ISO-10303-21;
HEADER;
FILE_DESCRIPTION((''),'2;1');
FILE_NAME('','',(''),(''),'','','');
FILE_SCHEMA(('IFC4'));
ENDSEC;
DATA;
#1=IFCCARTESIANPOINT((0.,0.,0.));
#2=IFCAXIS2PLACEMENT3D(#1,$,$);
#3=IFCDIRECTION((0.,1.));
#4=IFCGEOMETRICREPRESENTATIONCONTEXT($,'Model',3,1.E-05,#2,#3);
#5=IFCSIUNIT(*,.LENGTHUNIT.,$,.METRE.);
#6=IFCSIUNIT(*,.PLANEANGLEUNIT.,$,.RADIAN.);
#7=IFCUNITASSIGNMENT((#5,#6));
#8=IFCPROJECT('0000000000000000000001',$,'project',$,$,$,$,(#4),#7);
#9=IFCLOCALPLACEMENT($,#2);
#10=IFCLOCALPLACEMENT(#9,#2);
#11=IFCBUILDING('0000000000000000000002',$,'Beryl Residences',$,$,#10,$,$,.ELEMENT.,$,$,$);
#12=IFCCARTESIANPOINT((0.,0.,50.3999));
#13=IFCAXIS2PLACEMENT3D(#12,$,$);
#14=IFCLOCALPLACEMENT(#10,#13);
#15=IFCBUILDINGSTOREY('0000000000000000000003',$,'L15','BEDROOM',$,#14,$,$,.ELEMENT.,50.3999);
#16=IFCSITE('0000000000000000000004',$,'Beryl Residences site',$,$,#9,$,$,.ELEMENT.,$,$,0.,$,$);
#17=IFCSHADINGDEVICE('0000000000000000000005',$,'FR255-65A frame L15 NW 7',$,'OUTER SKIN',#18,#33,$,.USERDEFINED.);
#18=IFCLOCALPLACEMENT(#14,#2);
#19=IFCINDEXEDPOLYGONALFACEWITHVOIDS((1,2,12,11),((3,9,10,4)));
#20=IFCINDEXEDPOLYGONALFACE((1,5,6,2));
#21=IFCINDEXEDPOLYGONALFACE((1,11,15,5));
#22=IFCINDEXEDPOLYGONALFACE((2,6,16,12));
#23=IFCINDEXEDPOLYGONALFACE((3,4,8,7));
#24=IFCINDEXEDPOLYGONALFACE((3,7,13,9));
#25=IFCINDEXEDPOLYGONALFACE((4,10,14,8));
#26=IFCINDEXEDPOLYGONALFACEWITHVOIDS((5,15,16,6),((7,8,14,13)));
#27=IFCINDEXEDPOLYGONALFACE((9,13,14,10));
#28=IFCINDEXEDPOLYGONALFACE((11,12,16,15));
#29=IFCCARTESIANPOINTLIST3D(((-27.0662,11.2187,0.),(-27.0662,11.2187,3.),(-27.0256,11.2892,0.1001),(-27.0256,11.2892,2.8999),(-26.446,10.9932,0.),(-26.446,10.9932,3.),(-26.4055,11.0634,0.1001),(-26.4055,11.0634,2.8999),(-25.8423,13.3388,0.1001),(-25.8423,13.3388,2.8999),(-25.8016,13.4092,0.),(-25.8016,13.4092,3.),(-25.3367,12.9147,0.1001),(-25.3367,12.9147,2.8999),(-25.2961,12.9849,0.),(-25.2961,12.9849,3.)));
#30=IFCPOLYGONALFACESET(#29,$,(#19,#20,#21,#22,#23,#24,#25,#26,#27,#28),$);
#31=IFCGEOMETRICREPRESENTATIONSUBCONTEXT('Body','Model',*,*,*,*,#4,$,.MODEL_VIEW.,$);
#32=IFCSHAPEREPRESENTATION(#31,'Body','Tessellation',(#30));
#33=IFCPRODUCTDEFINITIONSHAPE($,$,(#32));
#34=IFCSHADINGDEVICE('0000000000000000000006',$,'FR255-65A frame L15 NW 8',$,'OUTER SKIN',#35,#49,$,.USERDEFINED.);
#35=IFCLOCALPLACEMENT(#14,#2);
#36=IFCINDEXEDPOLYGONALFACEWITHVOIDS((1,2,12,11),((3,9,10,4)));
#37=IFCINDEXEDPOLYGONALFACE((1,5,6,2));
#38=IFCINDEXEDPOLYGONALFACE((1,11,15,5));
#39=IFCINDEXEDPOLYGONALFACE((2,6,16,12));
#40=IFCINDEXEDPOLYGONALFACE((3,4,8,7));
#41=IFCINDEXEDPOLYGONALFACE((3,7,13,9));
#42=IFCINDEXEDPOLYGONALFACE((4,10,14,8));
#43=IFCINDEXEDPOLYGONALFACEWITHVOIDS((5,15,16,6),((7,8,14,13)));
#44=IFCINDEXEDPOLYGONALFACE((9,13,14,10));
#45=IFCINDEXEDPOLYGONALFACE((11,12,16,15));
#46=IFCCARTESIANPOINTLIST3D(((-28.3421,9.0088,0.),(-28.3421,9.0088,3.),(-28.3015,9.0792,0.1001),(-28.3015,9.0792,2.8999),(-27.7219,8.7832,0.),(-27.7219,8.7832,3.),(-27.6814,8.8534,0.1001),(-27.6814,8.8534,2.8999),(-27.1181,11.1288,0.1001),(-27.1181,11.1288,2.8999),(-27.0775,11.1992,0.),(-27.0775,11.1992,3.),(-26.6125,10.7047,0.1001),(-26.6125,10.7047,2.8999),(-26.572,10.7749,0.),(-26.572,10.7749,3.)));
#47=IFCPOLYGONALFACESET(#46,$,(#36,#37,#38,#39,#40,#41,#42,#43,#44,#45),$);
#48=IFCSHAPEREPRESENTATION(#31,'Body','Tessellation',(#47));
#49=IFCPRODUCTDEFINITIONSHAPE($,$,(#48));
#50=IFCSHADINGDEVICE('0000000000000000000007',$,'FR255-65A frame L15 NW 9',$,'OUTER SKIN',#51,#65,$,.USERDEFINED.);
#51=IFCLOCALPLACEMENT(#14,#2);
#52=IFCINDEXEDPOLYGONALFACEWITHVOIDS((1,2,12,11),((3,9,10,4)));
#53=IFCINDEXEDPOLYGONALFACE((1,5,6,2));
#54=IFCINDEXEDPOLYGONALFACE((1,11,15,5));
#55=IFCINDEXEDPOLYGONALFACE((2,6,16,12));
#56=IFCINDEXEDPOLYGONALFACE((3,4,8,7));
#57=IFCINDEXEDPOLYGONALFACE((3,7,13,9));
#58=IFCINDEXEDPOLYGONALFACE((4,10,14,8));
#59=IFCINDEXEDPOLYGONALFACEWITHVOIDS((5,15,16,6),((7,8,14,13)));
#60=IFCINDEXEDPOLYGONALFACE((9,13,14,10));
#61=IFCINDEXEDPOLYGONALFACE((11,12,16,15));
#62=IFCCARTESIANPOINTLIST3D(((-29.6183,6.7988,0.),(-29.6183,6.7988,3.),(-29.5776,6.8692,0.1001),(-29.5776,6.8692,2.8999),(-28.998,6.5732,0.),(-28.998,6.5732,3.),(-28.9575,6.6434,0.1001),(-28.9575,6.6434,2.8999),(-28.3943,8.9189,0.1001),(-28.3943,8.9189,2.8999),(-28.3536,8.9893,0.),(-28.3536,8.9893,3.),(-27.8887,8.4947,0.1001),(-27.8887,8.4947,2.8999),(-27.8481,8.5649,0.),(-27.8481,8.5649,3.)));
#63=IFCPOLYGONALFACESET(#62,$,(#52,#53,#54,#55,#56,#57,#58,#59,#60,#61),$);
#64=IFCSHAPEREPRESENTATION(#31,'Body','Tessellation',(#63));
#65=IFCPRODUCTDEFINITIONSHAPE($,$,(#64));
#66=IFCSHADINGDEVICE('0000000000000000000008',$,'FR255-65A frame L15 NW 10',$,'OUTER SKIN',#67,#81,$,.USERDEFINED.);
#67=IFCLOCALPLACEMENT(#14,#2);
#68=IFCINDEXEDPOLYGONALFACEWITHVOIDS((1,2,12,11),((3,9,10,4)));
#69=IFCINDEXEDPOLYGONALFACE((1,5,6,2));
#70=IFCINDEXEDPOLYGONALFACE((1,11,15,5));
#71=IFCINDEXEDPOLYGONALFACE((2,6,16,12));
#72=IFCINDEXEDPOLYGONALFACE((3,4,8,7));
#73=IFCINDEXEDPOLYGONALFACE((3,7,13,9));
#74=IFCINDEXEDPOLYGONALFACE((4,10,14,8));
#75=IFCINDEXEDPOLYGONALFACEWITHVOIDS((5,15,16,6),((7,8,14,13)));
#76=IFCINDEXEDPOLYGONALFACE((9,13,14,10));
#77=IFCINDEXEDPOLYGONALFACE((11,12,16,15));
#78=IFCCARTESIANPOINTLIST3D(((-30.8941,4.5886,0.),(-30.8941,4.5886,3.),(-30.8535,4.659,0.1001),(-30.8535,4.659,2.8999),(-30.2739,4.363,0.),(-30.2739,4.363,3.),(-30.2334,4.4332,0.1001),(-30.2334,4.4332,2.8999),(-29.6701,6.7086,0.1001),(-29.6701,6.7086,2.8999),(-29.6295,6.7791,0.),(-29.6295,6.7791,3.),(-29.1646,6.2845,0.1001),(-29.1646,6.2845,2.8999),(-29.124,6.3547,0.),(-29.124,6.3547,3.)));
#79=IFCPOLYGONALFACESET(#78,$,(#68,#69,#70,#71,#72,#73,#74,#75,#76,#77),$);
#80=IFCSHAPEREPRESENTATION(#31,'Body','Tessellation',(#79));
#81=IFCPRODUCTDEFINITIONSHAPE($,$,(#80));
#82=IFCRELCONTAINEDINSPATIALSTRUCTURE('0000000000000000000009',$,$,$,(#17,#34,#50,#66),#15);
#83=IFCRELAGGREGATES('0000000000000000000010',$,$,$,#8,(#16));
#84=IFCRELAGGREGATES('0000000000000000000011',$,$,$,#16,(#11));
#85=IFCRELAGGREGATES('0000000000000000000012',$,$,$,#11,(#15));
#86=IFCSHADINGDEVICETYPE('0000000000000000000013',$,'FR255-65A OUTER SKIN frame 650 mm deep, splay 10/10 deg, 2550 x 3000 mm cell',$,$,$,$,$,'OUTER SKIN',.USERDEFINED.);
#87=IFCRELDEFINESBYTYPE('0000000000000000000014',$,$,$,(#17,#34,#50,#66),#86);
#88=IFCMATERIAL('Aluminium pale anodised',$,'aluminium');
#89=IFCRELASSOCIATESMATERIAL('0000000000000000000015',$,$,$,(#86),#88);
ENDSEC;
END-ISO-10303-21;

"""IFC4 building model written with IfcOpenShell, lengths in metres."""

from ifc_helpers import new_model, entity, si_unit, direction, frame, origin, place, context, subcontext, project, spatial, source, transform, mapped, material, type_object, type_shapes, element, save


model = new_model("IFC4")

# Units and contexts
model_context = context("Model", 3, precision=1e-05, world=origin(), true_north=direction((0.0, 1.0)))
body_context = subcontext(model_context, "Body", "Model", "MODEL_VIEW")
ifc_project = project(units=[si_unit("LENGTHUNIT", "METRE"), si_unit("PLANEANGLEUNIT", "RADIAN")], contexts=[model_context])

# Site, building, storey
site_placement = place(None, origin())
site = spatial("IfcSite", under=ifc_project, at=site_placement, Name="Beryl Residences site", CompositionType="ELEMENT", RefElevation=0.0)
building_placement = place(site_placement, origin())
building = spatial("IfcBuilding", under=site, at=building_placement, Name="Beryl Residences", CompositionType="ELEMENT")
storey_placement = place(building_placement, frame((0.0, 0.0, 50.3999)))
storey = spatial("IfcBuildingStorey", under=building, at=storey_placement, Name="L15", Description="BEDROOM", CompositionType="ELEMENT", Elevation=50.3999)

# Shading devices
ifc_material_1 = material(Name="Aluminium pale anodised", Category="aluminium")
shading_device_type_1 = type_object("IfcShadingDeviceType", Name="FR255-65A OUTER SKIN frame 650 mm deep, splay 10/10 deg, 2550 x 3000 mm cell", ElementType="OUTER SKIN", PredefinedType="USERDEFINED", material=ifc_material_1)
cartesian_point_1 = entity("IfcCartesianPoint", [-1.1499, 0.0])
cartesian_point_2 = entity("IfcCartesianPoint", [-1.0688, 0.1001])
cartesian_point_3 = entity("IfcCartesianPoint", [-1.2646, 0.0])
cartesian_point_4 = entity("IfcCartesianPoint", [-1.1833, 0.1001])
shared_shape_1 = source(origin(), body_context, "Body", "SweptSolid", [
    entity("IfcExtrudedAreaSolidTapered", entity("IfcArbitraryProfileDefWithVoids", "AREA", None, entity("IfcPolyline", [cartesian_point_1, entity("IfcCartesianPoint", [1.1499, 0.0]), entity("IfcCartesianPoint", [1.1499, 3.0]), entity("IfcCartesianPoint", [-1.1499, 3.0]), cartesian_point_1]), [entity("IfcPolyline", [cartesian_point_2, entity("IfcCartesianPoint", [1.0688, 0.1001]), entity("IfcCartesianPoint", [1.0688, 2.8999]), entity("IfcCartesianPoint", [-1.0688, 2.8999]), cartesian_point_2])]), entity("IfcAxis2Placement3D", entity("IfcCartesianPoint", [0.0, 0.0, 0.0]), entity("IfcDirection", [0.0, 1.0, 0.0]), entity("IfcDirection", [-1.0, 0.0, 0.0])), entity("IfcDirection", [0.0, 0.0, 1.0]), 0.6499, entity("IfcArbitraryProfileDefWithVoids", "AREA", None, entity("IfcPolyline", [cartesian_point_3, entity("IfcCartesianPoint", [1.2646, 0.0]), entity("IfcCartesianPoint", [1.2646, 3.0]), entity("IfcCartesianPoint", [-1.2646, 3.0]), cartesian_point_3]), [entity("IfcPolyline", [cartesian_point_4, entity("IfcCartesianPoint", [1.1833, 0.1001]), entity("IfcCartesianPoint", [1.1833, 2.8999]), entity("IfcCartesianPoint", [-1.1833, 2.8999]), cartesian_point_4])])),
])
type_shapes(shading_device_type_1, [shared_shape_1])
for number, where, z_axis, x_axis, name in (
    (1, (-25.8711, 11.989, 0.0), (0.0, 0.0, 1.0), (0.5, 0.866025, 0.0), "FR255-65A frame L15 NW 7"),
    (2, (-27.147, 9.7791, 0.0), (0.0, 0.0, 1.0), (0.5, 0.866025, 0.0), "FR255-65A frame L15 NW 8"),
    (3, (-28.4231, 7.5691, 0.0), (0.0, 0.0, 1.0), (0.5, 0.866025, 0.0), "FR255-65A frame L15 NW 9"),
    (4, (-29.699, 5.3589, 0.0), (0.0, 0.0, 1.0), (0.5, 0.866025, 0.0), "FR255-65A frame L15 NW 10"),
):
    element("IfcShadingDevice", number, at=place(storey_placement, frame(where, z_axis=z_axis, x_axis=x_axis)), inside=storey, type_object=shading_device_type_1, Name=name, ObjectType="OUTER SKIN", PredefinedType="USERDEFINED", context=body_context, shape_type="MappedRepresentation", body=[
        mapped(shared_shape_1, transform((0.0, 0.0, 0.0))),
    ])

save(model, "model.ifc")
